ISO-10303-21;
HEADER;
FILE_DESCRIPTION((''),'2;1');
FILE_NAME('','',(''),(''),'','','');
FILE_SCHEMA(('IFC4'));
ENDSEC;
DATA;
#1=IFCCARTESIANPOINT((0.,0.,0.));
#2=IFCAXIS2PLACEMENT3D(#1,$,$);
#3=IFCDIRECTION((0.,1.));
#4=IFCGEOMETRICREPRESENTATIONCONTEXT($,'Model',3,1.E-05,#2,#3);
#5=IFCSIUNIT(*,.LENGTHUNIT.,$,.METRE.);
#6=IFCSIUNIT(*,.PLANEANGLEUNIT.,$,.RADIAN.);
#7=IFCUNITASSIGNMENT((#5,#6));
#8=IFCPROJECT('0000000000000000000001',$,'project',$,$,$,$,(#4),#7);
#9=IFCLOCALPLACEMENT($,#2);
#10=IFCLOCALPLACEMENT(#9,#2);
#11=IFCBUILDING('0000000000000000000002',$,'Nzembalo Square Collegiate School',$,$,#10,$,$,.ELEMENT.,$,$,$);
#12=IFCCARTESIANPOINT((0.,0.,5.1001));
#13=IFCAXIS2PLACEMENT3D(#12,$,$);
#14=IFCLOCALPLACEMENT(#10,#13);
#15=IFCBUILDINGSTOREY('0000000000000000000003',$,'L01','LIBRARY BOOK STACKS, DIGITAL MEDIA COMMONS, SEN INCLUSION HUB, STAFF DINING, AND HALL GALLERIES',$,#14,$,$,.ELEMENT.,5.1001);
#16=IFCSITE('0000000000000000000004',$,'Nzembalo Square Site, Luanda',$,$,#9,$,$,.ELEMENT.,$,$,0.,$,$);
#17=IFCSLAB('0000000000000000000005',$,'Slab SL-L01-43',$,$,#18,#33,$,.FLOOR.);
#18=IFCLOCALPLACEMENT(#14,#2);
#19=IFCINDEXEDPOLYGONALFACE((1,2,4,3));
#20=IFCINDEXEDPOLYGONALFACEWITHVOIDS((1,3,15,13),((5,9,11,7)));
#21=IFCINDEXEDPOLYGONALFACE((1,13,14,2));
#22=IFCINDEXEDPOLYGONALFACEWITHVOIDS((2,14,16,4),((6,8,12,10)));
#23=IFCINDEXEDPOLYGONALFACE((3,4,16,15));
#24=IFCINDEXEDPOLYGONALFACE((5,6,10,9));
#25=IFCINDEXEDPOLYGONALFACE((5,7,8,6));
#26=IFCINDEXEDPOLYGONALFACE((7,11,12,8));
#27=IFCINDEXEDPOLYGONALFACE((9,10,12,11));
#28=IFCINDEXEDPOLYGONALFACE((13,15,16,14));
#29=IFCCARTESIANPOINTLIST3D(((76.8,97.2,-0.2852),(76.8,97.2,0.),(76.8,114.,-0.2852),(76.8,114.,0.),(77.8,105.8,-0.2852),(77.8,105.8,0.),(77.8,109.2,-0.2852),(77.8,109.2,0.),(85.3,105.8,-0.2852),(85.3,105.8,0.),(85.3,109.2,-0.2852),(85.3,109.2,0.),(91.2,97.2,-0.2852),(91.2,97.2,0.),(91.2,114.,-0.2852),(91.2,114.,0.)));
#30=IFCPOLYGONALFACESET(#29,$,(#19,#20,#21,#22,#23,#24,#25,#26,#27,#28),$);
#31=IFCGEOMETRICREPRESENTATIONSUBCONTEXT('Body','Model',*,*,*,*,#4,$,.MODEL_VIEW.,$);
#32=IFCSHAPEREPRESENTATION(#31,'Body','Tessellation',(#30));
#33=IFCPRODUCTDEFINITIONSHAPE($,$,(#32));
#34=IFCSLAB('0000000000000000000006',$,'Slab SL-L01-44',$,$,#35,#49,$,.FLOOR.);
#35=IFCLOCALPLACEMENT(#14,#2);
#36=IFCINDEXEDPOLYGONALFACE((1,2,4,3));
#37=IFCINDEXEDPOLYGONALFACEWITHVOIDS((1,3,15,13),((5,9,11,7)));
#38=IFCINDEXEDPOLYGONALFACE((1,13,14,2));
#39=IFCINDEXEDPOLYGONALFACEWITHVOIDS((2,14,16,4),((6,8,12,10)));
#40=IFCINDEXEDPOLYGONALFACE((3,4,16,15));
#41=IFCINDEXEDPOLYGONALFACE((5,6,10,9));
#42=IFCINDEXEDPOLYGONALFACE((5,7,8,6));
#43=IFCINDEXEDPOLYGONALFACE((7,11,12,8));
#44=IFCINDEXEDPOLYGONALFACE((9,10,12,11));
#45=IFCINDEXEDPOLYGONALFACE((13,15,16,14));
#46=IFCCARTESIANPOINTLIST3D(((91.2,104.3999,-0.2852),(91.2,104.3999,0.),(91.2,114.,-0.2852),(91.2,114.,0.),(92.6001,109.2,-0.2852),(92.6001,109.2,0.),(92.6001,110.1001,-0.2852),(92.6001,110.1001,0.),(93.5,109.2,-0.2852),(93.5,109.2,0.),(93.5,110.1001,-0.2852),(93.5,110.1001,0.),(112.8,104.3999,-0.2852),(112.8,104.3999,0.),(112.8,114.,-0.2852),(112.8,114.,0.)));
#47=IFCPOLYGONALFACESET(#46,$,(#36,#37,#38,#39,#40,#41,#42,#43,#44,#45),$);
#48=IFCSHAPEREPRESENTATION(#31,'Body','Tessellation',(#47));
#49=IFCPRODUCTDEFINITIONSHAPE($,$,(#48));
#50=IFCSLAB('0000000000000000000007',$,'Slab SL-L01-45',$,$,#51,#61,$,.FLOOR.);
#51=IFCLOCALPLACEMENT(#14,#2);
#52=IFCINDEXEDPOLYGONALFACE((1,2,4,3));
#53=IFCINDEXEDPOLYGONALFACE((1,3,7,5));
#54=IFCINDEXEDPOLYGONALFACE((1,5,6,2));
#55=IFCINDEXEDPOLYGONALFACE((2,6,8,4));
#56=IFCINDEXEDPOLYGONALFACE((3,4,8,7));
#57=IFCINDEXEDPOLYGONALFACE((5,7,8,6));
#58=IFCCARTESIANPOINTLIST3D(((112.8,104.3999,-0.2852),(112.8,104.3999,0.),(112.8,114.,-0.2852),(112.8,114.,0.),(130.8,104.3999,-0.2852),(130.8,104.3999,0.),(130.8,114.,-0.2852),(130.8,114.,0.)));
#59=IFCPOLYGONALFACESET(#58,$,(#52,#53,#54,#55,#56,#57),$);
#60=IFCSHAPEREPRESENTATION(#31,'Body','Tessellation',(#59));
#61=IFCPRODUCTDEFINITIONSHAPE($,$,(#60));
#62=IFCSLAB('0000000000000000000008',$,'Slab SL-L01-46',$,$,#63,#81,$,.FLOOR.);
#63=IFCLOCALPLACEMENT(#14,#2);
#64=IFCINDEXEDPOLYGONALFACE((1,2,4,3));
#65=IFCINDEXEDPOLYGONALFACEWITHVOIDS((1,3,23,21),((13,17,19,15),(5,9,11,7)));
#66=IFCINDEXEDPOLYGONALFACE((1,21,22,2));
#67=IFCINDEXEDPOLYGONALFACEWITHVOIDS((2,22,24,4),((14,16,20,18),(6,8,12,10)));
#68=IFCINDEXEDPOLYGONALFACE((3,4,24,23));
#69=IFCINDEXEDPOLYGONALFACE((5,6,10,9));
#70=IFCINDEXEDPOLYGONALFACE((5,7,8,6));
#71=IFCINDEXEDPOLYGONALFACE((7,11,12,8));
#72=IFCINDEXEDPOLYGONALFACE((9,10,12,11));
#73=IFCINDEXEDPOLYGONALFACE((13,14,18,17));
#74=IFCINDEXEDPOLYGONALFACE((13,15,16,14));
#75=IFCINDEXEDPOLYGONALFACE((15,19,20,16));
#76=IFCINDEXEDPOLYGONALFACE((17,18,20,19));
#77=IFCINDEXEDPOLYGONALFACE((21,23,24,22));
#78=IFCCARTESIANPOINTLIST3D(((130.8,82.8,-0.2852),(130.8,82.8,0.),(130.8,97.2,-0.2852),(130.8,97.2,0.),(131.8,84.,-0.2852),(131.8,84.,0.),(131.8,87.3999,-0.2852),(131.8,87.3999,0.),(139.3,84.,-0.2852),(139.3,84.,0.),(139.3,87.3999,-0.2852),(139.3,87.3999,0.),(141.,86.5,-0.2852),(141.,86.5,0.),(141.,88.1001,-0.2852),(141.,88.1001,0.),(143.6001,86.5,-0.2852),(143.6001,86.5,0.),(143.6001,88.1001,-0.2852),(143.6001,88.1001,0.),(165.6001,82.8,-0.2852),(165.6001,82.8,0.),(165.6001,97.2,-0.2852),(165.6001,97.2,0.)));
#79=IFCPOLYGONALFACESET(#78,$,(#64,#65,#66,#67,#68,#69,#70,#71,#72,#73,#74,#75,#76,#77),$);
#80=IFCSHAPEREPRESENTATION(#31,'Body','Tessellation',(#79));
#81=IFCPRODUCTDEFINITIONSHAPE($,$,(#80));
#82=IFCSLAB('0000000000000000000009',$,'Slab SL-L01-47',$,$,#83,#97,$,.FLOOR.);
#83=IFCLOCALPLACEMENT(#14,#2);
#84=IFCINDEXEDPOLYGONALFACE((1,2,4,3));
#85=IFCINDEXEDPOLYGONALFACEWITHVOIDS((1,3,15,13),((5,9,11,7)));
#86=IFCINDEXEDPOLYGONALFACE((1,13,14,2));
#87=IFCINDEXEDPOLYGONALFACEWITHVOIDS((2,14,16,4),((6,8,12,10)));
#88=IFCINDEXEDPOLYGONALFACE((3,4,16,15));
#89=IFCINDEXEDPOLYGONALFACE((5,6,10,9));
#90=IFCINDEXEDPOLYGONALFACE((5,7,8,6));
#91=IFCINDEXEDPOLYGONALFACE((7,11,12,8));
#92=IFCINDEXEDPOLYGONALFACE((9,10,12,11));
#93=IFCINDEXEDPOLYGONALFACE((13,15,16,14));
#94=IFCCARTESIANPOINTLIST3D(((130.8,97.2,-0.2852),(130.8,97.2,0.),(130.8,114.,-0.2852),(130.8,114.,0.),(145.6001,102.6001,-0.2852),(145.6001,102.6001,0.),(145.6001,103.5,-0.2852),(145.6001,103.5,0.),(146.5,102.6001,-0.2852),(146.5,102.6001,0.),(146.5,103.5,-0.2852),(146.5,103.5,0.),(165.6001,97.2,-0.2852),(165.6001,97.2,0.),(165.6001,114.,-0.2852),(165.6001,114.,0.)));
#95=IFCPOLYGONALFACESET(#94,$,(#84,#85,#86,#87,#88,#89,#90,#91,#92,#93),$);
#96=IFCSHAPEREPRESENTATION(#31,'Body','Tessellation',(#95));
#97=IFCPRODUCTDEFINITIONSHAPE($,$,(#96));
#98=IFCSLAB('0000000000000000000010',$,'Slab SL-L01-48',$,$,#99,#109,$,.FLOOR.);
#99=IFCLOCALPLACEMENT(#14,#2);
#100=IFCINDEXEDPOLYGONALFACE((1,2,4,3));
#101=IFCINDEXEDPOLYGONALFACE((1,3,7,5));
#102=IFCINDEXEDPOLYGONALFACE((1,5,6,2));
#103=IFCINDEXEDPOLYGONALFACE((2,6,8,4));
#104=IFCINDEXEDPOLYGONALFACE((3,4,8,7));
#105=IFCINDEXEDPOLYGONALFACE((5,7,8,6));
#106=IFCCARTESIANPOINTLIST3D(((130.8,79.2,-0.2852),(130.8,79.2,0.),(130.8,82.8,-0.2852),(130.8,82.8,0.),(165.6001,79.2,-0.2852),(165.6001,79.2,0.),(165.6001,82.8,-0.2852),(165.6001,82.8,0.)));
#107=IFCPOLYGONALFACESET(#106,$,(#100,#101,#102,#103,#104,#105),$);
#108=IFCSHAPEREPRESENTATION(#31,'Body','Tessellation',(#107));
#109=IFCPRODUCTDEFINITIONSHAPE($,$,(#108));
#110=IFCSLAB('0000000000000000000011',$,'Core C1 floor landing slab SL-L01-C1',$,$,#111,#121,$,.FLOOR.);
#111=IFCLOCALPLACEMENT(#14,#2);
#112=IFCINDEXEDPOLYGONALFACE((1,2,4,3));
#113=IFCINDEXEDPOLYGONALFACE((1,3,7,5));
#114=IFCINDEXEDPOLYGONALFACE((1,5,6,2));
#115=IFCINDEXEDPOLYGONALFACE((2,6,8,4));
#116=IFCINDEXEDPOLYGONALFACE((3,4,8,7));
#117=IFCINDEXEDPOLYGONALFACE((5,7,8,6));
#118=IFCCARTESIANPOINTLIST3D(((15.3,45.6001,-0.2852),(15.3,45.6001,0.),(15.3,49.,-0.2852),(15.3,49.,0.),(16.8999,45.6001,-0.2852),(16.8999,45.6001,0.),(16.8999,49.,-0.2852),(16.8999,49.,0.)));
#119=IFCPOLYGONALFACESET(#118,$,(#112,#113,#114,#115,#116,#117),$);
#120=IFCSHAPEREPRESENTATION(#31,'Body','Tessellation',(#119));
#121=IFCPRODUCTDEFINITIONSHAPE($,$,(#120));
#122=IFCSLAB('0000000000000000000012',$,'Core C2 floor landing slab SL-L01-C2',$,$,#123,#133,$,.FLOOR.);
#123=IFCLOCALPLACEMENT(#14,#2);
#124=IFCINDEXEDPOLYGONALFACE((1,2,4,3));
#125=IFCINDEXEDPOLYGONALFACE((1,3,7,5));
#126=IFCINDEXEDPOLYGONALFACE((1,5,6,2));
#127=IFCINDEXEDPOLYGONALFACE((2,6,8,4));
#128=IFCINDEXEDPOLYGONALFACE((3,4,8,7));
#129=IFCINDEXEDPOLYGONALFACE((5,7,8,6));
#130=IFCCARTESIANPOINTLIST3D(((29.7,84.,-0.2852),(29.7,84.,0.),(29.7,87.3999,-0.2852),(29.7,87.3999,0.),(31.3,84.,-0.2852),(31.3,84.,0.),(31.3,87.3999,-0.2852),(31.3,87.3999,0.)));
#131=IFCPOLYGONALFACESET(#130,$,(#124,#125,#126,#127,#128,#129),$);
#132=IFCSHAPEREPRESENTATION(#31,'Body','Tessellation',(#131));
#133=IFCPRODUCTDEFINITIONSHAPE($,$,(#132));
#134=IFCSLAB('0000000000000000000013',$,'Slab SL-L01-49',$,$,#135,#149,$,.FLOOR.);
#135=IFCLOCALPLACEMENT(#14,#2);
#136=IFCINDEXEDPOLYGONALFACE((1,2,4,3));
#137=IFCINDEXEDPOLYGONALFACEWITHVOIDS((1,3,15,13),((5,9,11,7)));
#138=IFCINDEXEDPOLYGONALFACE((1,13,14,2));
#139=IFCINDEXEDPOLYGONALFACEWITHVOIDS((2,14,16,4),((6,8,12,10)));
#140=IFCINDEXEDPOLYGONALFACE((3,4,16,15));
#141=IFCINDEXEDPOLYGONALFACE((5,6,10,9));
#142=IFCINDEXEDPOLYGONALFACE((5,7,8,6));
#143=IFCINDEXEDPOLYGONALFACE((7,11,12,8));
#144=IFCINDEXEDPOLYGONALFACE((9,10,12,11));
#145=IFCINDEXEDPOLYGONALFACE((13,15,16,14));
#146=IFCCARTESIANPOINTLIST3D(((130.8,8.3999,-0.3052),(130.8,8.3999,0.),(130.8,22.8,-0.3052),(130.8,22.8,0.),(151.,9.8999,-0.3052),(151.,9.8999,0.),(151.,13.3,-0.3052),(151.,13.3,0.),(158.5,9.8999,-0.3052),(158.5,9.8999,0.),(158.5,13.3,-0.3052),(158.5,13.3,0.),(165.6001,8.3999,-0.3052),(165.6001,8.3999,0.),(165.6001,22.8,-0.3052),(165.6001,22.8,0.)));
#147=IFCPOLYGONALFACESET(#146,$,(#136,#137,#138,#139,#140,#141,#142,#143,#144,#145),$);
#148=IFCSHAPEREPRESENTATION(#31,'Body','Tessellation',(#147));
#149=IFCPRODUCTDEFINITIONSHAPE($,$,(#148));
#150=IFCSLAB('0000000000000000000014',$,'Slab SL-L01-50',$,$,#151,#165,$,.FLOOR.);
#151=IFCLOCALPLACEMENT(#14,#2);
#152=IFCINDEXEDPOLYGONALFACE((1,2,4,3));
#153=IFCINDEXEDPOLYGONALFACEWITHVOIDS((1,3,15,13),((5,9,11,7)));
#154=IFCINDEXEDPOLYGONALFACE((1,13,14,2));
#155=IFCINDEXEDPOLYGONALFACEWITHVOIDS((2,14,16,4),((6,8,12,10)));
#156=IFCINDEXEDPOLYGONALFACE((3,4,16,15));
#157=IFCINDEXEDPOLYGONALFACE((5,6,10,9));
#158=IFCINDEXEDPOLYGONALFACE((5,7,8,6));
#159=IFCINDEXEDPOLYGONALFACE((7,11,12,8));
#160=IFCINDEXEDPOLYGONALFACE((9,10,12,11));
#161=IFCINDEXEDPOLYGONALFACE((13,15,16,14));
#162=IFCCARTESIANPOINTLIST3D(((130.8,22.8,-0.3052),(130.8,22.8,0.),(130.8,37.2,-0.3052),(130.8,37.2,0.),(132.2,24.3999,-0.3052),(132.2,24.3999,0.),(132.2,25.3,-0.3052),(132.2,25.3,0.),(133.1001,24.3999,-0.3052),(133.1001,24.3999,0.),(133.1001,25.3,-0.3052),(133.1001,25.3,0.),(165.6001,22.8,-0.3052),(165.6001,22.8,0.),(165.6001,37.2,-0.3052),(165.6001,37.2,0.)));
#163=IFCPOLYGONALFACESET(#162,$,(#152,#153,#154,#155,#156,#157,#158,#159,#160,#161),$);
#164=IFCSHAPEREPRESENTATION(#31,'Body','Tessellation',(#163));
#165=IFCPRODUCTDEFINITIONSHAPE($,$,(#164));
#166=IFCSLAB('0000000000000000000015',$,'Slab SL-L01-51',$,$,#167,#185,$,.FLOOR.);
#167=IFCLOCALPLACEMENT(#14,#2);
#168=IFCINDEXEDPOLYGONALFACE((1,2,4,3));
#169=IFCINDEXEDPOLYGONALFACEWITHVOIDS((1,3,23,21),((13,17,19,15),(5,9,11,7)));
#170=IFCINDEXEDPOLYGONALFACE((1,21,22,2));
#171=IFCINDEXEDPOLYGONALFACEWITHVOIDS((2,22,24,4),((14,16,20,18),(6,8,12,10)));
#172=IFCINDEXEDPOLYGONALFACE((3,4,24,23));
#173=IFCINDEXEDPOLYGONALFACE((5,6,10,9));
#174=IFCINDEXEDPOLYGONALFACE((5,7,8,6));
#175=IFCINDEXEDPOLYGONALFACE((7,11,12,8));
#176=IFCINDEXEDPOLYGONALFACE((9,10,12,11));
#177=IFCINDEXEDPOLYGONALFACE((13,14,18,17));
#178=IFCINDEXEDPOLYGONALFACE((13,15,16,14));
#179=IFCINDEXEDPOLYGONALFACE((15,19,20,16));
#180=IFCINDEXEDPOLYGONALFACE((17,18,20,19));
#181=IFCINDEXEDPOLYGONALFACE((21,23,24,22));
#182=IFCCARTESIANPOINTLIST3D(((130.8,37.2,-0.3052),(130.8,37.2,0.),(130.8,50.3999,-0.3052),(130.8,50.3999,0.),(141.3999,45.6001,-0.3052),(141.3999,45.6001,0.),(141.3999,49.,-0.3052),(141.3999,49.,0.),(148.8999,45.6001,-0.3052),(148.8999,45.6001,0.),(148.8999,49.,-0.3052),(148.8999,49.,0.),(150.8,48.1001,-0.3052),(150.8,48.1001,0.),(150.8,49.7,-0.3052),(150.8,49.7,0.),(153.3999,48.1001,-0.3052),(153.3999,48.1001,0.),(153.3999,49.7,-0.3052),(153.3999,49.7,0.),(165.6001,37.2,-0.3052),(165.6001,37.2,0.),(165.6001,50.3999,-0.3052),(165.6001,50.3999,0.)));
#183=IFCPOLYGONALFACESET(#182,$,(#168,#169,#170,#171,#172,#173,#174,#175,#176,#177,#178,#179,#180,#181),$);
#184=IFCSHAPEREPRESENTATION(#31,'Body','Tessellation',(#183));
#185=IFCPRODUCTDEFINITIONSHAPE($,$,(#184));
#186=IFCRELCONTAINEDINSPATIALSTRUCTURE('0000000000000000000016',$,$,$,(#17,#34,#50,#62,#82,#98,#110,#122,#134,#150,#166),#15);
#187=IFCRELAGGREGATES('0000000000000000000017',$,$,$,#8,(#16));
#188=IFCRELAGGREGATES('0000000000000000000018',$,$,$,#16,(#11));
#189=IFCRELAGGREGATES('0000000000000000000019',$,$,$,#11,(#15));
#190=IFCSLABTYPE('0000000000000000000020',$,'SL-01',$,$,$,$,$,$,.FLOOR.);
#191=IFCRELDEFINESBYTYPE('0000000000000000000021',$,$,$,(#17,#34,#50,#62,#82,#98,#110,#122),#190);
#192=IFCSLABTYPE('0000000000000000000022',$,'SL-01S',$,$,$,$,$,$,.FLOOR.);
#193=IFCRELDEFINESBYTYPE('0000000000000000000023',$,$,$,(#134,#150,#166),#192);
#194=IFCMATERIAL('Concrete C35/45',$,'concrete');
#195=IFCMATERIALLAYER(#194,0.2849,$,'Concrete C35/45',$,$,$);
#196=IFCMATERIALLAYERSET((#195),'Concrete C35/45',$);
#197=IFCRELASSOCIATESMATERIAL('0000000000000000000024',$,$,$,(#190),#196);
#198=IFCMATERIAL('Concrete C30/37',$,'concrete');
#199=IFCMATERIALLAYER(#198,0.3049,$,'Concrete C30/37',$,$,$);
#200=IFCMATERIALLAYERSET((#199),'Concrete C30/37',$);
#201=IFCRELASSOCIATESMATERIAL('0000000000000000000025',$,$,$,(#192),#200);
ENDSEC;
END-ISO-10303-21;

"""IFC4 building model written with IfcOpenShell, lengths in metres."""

from ifc_helpers import new_model, si_unit, direction, frame, origin, place, context, subcontext, project, spatial, polyline, outline, extrude, material, layer, layer_set, type_object, element, save


model = new_model("IFC4")

# Units and contexts
model_context = context("Model", 3, precision=1e-05, world=origin(), true_north=direction((0.0, 1.0)))
body_context = subcontext(model_context, "Body", "Model", "MODEL_VIEW")
ifc_project = project(units=[si_unit("LENGTHUNIT", "METRE"), si_unit("PLANEANGLEUNIT", "RADIAN")], contexts=[model_context])

# Site, building, storey
site_placement = place(None, origin())
site = spatial("IfcSite", under=ifc_project, at=site_placement, Name="Nzembalo Square Site, Luanda", CompositionType="ELEMENT", RefElevation=0.0)
building_placement = place(site_placement, origin())
building = spatial("IfcBuilding", under=site, at=building_placement, Name="Nzembalo Square Collegiate School", CompositionType="ELEMENT")
storey_placement = place(building_placement, frame((0.0, 0.0, 5.1001)))
storey = spatial("IfcBuildingStorey", under=building, at=storey_placement, Name="L01", Description="LIBRARY BOOK STACKS, DIGITAL MEDIA COMMONS, SEN INCLUSION HUB, STAFF DINING, AND HALL GALLERIES", CompositionType="ELEMENT", Elevation=5.1001)

# Slabs
ifc_material_1 = material(Name="Concrete C35/45", Category="concrete")
ifc_layer_1 = layer(ifc_material_1, 0.2849, Name="Concrete C35/45")
ifc_layer_set_1 = layer_set([ifc_layer_1], Name="Concrete C35/45")
slab_type_1 = type_object("IfcSlabType", Name="SL-01", PredefinedType="FLOOR", material=ifc_layer_set_1)
slab_1_placement = place(storey_placement, frame((0.0, 0.0, -0.2852)))
element("IfcSlab", 1, at=slab_1_placement, inside=storey, type_object=slab_type_1, Name="Slab SL-L01-43", PredefinedType="FLOOR", context=body_context, shape_type="SweptSolid", body=[
    extrude(outline(polyline([(76.8, 97.2), (91.2, 97.2), (91.2, 114.0), (76.8, 114.0), (76.8, 97.2)]), holes=[polyline([(85.3, 109.2), (77.8, 109.2), (77.8, 105.8), (85.3, 105.8), (85.3, 109.2)])]), origin(), (0.0, 0.0, 1.0), 0.2852),
])
slab_2_placement = place(storey_placement, frame((0.0, 0.0, -0.2852)))
element("IfcSlab", 2, at=slab_2_placement, inside=storey, type_object=slab_type_1, Name="Slab SL-L01-44", PredefinedType="FLOOR", context=body_context, shape_type="SweptSolid", body=[
    extrude(outline(polyline([(91.2, 104.3999), (112.8, 104.3999), (112.8, 114.0), (91.2, 114.0), (91.2, 104.3999)]), holes=[polyline([(92.6001, 109.2), (93.5, 109.2), (93.5, 110.1001), (92.6001, 110.1001), (92.6001, 109.2)])]), origin(), (0.0, 0.0, 1.0), 0.2852),
])
slab_3_placement = place(storey_placement, frame((0.0, 0.0, -0.2852)))
element("IfcSlab", 3, at=slab_3_placement, inside=storey, type_object=slab_type_1, Name="Slab SL-L01-45", PredefinedType="FLOOR", context=body_context, shape_type="SweptSolid", body=[
    extrude(outline(polyline([(112.8, 104.3999), (130.8, 104.3999), (130.8, 114.0), (112.8, 114.0), (112.8, 104.3999)])), origin(), (0.0, 0.0, 1.0), 0.2852),
])
slab_4_placement = place(storey_placement, frame((0.0, 0.0, -0.2852)))
element("IfcSlab", 4, at=slab_4_placement, inside=storey, type_object=slab_type_1, Name="Slab SL-L01-46", PredefinedType="FLOOR", context=body_context, shape_type="SweptSolid", body=[
    extrude(outline(polyline([(130.8, 82.8), (165.6001, 82.8), (165.6001, 97.2), (130.8, 97.2), (130.8, 82.8)]), holes=[polyline([(141.0, 86.5), (143.6001, 86.5), (143.6001, 88.1001), (141.0, 88.1001), (141.0, 86.5)]), polyline([(139.3, 87.3999), (131.8, 87.3999), (131.8, 84.0), (139.3, 84.0), (139.3, 87.3999)])]), origin(), (0.0, 0.0, 1.0), 0.2852),
])
slab_5_placement = place(storey_placement, frame((0.0, 0.0, -0.2852)))
element("IfcSlab", 5, at=slab_5_placement, inside=storey, type_object=slab_type_1, Name="Slab SL-L01-47", PredefinedType="FLOOR", context=body_context, shape_type="SweptSolid", body=[
    extrude(outline(polyline([(130.8, 97.2), (165.6001, 97.2), (165.6001, 114.0), (130.8, 114.0), (130.8, 97.2)]), holes=[polyline([(145.6001, 102.6001), (146.5, 102.6001), (146.5, 103.5), (145.6001, 103.5), (145.6001, 102.6001)])]), origin(), (0.0, 0.0, 1.0), 0.2852),
])
slab_6_placement = place(storey_placement, frame((0.0, 0.0, -0.2852)))
element("IfcSlab", 6, at=slab_6_placement, inside=storey, type_object=slab_type_1, Name="Slab SL-L01-48", PredefinedType="FLOOR", context=body_context, shape_type="SweptSolid", body=[
    extrude(outline(polyline([(130.8, 79.2), (165.6001, 79.2), (165.6001, 82.8), (130.8, 82.8), (130.8, 79.2)])), origin(), (0.0, 0.0, 1.0), 0.2852),
])
slab_7_placement = place(storey_placement, frame((0.0, 0.0, -0.2852)))
element("IfcSlab", 7, at=slab_7_placement, inside=storey, type_object=slab_type_1, Name="Core C1 floor landing slab SL-L01-C1", PredefinedType="FLOOR", context=body_context, shape_type="SweptSolid", body=[
    extrude(outline(polyline([(15.3, 45.6001), (16.8999, 45.6001), (16.8999, 49.0), (15.3, 49.0), (15.3, 45.6001)])), origin(), (0.0, 0.0, 1.0), 0.2852),
])
slab_8_placement = place(storey_placement, frame((0.0, 0.0, -0.2852)))
element("IfcSlab", 8, at=slab_8_placement, inside=storey, type_object=slab_type_1, Name="Core C2 floor landing slab SL-L01-C2", PredefinedType="FLOOR", context=body_context, shape_type="SweptSolid", body=[
    extrude(outline(polyline([(29.7, 84.0), (31.3, 84.0), (31.3, 87.3999), (29.7, 87.3999), (29.7, 84.0)])), origin(), (0.0, 0.0, 1.0), 0.2852),
])
ifc_material_2 = material(Name="Concrete C30/37", Category="concrete")
ifc_layer_2 = layer(ifc_material_2, 0.3049, Name="Concrete C30/37")
ifc_layer_set_2 = layer_set([ifc_layer_2], Name="Concrete C30/37")
slab_type_2 = type_object("IfcSlabType", Name="SL-01S", PredefinedType="FLOOR", material=ifc_layer_set_2)
slab_9_placement = place(storey_placement, frame((0.0, 0.0, -0.3052)))
element("IfcSlab", 9, at=slab_9_placement, inside=storey, type_object=slab_type_2, Name="Slab SL-L01-49", PredefinedType="FLOOR", context=body_context, shape_type="SweptSolid", body=[
    extrude(outline(polyline([(130.8, 8.3999), (165.6001, 8.3999), (165.6001, 22.8), (130.8, 22.8), (130.8, 8.3999)]), holes=[polyline([(158.5, 13.3), (151.0, 13.3), (151.0, 9.8999), (158.5, 9.8999), (158.5, 13.3)])]), origin(), (0.0, 0.0, 1.0), 0.3052),
])
slab_10_placement = place(storey_placement, frame((0.0, 0.0, -0.3052)))
element("IfcSlab", 10, at=slab_10_placement, inside=storey, type_object=slab_type_2, Name="Slab SL-L01-50", PredefinedType="FLOOR", context=body_context, shape_type="SweptSolid", body=[
    extrude(outline(polyline([(130.8, 22.8), (165.6001, 22.8), (165.6001, 37.2), (130.8, 37.2), (130.8, 22.8)]), holes=[polyline([(132.2, 24.3999), (133.1001, 24.3999), (133.1001, 25.3), (132.2, 25.3), (132.2, 24.3999)])]), origin(), (0.0, 0.0, 1.0), 0.3052),
])
slab_11_placement = place(storey_placement, frame((0.0, 0.0, -0.3052)))
element("IfcSlab", 11, at=slab_11_placement, inside=storey, type_object=slab_type_2, Name="Slab SL-L01-51", PredefinedType="FLOOR", context=body_context, shape_type="SweptSolid", body=[
    extrude(outline(polyline([(130.8, 37.2), (165.6001, 37.2), (165.6001, 50.3999), (130.8, 50.3999), (130.8, 37.2)]), holes=[polyline([(150.8, 48.1001), (153.3999, 48.1001), (153.3999, 49.7), (150.8, 49.7), (150.8, 48.1001)]), polyline([(148.8999, 49.0), (141.3999, 49.0), (141.3999, 45.6001), (148.8999, 45.6001), (148.8999, 49.0)])]), origin(), (0.0, 0.0, 1.0), 0.3052),
])

save(model, "model.ifc")
